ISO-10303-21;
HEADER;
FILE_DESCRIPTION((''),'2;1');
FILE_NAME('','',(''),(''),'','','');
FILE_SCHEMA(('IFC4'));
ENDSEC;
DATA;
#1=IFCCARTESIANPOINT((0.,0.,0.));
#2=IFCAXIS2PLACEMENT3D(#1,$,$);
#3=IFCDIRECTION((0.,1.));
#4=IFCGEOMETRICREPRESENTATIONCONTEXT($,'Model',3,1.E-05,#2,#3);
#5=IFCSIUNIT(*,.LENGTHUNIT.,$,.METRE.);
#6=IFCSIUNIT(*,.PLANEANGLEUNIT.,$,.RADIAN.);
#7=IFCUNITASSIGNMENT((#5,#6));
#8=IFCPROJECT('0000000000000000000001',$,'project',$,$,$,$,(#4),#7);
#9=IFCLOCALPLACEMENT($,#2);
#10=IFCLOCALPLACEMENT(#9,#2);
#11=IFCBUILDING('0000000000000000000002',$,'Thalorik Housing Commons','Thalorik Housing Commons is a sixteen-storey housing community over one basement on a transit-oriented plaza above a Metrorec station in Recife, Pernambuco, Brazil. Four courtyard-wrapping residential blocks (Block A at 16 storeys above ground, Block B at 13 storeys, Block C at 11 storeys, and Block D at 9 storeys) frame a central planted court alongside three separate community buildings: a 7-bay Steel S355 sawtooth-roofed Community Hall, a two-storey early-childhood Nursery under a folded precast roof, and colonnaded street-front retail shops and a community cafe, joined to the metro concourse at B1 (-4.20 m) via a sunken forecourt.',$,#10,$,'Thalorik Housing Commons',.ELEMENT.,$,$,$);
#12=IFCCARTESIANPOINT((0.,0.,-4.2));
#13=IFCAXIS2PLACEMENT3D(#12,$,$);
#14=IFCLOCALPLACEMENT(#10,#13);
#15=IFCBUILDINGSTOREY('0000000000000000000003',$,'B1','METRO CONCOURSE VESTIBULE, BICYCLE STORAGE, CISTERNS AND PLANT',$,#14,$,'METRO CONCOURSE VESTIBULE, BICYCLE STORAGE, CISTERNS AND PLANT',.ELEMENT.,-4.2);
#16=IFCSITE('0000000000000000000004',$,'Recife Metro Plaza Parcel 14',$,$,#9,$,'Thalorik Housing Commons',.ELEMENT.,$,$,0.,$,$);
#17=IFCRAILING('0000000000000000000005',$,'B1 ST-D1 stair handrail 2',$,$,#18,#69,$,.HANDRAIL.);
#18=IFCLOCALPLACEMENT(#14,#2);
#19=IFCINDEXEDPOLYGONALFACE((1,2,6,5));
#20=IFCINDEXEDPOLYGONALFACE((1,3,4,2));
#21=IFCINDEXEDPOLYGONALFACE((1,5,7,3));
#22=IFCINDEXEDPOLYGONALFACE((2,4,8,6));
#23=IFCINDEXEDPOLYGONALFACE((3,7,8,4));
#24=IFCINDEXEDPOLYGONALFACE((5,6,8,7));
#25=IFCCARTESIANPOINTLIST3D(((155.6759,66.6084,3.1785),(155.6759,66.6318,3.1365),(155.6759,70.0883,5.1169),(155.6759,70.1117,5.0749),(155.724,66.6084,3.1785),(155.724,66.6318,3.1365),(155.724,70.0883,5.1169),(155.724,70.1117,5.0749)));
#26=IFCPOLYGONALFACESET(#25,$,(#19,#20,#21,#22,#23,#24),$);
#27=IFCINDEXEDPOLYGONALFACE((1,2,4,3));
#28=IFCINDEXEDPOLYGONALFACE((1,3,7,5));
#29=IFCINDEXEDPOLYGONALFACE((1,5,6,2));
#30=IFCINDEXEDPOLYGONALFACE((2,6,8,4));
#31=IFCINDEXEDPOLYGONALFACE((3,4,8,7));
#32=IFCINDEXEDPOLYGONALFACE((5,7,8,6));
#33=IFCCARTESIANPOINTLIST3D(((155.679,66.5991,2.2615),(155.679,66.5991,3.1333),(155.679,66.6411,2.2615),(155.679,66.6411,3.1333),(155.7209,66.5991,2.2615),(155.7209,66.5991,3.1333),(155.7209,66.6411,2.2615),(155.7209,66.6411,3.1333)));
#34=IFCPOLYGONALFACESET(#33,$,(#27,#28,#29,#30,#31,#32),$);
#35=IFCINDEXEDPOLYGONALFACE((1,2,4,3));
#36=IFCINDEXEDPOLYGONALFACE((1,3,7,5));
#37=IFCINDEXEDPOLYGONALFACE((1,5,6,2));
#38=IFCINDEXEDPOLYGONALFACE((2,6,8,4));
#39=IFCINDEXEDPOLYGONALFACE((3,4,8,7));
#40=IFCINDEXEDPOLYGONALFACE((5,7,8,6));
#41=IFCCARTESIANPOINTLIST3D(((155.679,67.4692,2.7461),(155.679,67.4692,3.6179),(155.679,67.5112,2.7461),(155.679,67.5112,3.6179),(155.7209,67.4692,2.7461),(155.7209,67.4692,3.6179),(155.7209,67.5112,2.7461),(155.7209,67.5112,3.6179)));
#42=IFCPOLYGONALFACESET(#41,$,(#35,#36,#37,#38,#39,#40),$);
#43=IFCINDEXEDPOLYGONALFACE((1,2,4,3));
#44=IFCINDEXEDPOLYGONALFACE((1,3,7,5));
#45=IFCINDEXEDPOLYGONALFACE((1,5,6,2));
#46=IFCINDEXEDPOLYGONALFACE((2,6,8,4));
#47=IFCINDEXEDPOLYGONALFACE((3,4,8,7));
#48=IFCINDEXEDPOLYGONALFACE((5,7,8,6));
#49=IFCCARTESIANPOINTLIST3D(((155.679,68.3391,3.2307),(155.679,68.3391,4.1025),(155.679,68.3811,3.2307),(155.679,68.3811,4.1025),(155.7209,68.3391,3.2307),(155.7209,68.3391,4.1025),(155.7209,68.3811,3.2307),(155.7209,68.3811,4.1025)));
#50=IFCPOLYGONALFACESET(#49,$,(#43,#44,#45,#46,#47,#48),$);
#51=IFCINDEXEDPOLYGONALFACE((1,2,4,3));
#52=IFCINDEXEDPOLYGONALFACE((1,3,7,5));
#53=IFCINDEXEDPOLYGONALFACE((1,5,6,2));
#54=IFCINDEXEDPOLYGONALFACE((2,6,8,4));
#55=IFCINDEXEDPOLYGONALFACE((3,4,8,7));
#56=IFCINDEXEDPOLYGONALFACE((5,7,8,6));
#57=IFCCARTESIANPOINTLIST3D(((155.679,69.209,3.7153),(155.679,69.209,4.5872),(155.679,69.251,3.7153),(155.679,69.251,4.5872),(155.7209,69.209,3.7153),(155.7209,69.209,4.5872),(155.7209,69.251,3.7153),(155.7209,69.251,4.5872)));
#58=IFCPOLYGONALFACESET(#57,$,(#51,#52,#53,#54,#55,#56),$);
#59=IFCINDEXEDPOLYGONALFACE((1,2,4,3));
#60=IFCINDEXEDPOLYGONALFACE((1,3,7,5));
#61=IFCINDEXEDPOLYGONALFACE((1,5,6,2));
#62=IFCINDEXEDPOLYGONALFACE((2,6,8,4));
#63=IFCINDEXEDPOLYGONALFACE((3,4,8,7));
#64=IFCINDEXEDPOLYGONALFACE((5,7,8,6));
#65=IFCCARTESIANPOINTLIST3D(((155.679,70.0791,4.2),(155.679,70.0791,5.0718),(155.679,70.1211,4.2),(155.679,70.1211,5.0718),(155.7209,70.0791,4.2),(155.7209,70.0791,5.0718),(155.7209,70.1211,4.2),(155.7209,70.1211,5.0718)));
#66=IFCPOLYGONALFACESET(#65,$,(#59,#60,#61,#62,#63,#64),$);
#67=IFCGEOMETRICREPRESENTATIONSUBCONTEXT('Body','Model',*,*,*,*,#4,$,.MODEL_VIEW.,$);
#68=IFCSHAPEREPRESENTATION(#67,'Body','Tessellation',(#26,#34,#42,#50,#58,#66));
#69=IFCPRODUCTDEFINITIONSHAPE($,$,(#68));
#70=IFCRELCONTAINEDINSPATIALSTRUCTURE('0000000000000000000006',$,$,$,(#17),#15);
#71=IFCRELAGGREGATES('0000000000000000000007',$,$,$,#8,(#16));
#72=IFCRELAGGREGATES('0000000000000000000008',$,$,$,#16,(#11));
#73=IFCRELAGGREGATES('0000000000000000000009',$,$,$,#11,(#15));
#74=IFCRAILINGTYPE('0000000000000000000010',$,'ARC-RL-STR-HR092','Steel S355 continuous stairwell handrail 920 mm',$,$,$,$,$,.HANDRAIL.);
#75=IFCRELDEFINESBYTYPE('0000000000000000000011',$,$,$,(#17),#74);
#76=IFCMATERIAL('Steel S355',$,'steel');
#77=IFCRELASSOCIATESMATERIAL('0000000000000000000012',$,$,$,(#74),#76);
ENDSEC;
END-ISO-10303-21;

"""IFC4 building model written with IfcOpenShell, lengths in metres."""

from ifc_helpers import new_model, si_unit, direction, frame, origin, origin_2d, place, context, subcontext, project, spatial, rectangle, extrude, material, type_object, element, save


model = new_model("IFC4")

# Units and contexts
model_context = context("Model", 3, precision=1e-05, world=origin(), true_north=direction((0.0, 1.0)))
body_context = subcontext(model_context, "Body", "Model", "MODEL_VIEW")
ifc_project = project(units=[si_unit("LENGTHUNIT", "METRE"), si_unit("PLANEANGLEUNIT", "RADIAN")], contexts=[model_context])

# Site, building, storey
site_placement = place(None, origin())
site = spatial("IfcSite", under=ifc_project, at=site_placement, Name="Recife Metro Plaza Parcel 14", LongName="Thalorik Housing Commons", CompositionType="ELEMENT", RefElevation=0.0)
building_placement = place(site_placement, origin())
building = spatial("IfcBuilding", under=site, at=building_placement, Name="Thalorik Housing Commons", Description="Thalorik Housing Commons is a sixteen-storey housing community over one basement on a transit-oriented plaza above a Metrorec station in Recife, Pernambuco, Brazil. Four courtyard-wrapping residential blocks (Block A at 16 storeys above ground, Block B at 13 storeys, Block C at 11 storeys, and Block D at 9 storeys) frame a central planted court alongside three separate community buildings: a 7-bay Steel S355 sawtooth-roofed Community Hall, a two-storey early-childhood Nursery under a folded precast roof, and colonnaded street-front retail shops and a community cafe, joined to the metro concourse at B1 (-4.20 m) via a sunken forecourt.", LongName="Thalorik Housing Commons", CompositionType="ELEMENT")
storey_placement = place(building_placement, frame((0.0, 0.0, -4.2)))
storey = spatial("IfcBuildingStorey", under=building, at=storey_placement, Name="B1", Description="METRO CONCOURSE VESTIBULE, BICYCLE STORAGE, CISTERNS AND PLANT", LongName="METRO CONCOURSE VESTIBULE, BICYCLE STORAGE, CISTERNS AND PLANT", CompositionType="ELEMENT", Elevation=-4.2)

# Shared definitions
ifc_material_1 = material(Name="Steel S355", Category="steel")

# Railing
railing_type_1 = type_object("IfcRailingType", Name="ARC-RL-STR-HR092", Description="Steel S355 continuous stairwell handrail 920 mm", PredefinedType="HANDRAIL", material=ifc_material_1)
railing_1_placement = place(storey_placement, frame((155.7, 66.6201, 2.2615)))
element("IfcRailing", 1, at=railing_1_placement, inside=storey, type_object=railing_type_1, Name="B1 ST-D1 stair handrail 2", PredefinedType="HANDRAIL", context=body_context, shape_type="SweptSolid", body=[
    extrude(rectangle(XDim=0.0481, YDim=0.0481, at=origin_2d()), frame((0.0, 0.0, 0.896), z_axis=(0.0, 0.873607, 0.486631), x_axis=(-1.0, 0.0, 0.0)), (0.0, 0.0, 1.0), 3.9834),
    extrude(rectangle(XDim=0.042, YDim=0.042, at=origin_2d()), origin(), (0.0, 0.0, 1.0), 0.8718),
    extrude(rectangle(XDim=0.042, YDim=0.042, at=origin_2d()), frame((0.0, 0.8701, 0.4846)), (0.0, 0.0, 1.0), 0.8718),
    extrude(rectangle(XDim=0.042, YDim=0.042, at=origin_2d()), frame((0.0, 1.74, 0.9692)), (0.0, 0.0, 1.0), 0.8718),
    extrude(rectangle(XDim=0.042, YDim=0.042, at=origin_2d()), frame((0.0, 2.6099, 1.4539)), (0.0, 0.0, 1.0), 0.8718),
    extrude(rectangle(XDim=0.042, YDim=0.042, at=origin_2d()), frame((0.0, 3.48, 1.9385)), (0.0, 0.0, 1.0), 0.8718),
])

save(model, "model.ifc")
